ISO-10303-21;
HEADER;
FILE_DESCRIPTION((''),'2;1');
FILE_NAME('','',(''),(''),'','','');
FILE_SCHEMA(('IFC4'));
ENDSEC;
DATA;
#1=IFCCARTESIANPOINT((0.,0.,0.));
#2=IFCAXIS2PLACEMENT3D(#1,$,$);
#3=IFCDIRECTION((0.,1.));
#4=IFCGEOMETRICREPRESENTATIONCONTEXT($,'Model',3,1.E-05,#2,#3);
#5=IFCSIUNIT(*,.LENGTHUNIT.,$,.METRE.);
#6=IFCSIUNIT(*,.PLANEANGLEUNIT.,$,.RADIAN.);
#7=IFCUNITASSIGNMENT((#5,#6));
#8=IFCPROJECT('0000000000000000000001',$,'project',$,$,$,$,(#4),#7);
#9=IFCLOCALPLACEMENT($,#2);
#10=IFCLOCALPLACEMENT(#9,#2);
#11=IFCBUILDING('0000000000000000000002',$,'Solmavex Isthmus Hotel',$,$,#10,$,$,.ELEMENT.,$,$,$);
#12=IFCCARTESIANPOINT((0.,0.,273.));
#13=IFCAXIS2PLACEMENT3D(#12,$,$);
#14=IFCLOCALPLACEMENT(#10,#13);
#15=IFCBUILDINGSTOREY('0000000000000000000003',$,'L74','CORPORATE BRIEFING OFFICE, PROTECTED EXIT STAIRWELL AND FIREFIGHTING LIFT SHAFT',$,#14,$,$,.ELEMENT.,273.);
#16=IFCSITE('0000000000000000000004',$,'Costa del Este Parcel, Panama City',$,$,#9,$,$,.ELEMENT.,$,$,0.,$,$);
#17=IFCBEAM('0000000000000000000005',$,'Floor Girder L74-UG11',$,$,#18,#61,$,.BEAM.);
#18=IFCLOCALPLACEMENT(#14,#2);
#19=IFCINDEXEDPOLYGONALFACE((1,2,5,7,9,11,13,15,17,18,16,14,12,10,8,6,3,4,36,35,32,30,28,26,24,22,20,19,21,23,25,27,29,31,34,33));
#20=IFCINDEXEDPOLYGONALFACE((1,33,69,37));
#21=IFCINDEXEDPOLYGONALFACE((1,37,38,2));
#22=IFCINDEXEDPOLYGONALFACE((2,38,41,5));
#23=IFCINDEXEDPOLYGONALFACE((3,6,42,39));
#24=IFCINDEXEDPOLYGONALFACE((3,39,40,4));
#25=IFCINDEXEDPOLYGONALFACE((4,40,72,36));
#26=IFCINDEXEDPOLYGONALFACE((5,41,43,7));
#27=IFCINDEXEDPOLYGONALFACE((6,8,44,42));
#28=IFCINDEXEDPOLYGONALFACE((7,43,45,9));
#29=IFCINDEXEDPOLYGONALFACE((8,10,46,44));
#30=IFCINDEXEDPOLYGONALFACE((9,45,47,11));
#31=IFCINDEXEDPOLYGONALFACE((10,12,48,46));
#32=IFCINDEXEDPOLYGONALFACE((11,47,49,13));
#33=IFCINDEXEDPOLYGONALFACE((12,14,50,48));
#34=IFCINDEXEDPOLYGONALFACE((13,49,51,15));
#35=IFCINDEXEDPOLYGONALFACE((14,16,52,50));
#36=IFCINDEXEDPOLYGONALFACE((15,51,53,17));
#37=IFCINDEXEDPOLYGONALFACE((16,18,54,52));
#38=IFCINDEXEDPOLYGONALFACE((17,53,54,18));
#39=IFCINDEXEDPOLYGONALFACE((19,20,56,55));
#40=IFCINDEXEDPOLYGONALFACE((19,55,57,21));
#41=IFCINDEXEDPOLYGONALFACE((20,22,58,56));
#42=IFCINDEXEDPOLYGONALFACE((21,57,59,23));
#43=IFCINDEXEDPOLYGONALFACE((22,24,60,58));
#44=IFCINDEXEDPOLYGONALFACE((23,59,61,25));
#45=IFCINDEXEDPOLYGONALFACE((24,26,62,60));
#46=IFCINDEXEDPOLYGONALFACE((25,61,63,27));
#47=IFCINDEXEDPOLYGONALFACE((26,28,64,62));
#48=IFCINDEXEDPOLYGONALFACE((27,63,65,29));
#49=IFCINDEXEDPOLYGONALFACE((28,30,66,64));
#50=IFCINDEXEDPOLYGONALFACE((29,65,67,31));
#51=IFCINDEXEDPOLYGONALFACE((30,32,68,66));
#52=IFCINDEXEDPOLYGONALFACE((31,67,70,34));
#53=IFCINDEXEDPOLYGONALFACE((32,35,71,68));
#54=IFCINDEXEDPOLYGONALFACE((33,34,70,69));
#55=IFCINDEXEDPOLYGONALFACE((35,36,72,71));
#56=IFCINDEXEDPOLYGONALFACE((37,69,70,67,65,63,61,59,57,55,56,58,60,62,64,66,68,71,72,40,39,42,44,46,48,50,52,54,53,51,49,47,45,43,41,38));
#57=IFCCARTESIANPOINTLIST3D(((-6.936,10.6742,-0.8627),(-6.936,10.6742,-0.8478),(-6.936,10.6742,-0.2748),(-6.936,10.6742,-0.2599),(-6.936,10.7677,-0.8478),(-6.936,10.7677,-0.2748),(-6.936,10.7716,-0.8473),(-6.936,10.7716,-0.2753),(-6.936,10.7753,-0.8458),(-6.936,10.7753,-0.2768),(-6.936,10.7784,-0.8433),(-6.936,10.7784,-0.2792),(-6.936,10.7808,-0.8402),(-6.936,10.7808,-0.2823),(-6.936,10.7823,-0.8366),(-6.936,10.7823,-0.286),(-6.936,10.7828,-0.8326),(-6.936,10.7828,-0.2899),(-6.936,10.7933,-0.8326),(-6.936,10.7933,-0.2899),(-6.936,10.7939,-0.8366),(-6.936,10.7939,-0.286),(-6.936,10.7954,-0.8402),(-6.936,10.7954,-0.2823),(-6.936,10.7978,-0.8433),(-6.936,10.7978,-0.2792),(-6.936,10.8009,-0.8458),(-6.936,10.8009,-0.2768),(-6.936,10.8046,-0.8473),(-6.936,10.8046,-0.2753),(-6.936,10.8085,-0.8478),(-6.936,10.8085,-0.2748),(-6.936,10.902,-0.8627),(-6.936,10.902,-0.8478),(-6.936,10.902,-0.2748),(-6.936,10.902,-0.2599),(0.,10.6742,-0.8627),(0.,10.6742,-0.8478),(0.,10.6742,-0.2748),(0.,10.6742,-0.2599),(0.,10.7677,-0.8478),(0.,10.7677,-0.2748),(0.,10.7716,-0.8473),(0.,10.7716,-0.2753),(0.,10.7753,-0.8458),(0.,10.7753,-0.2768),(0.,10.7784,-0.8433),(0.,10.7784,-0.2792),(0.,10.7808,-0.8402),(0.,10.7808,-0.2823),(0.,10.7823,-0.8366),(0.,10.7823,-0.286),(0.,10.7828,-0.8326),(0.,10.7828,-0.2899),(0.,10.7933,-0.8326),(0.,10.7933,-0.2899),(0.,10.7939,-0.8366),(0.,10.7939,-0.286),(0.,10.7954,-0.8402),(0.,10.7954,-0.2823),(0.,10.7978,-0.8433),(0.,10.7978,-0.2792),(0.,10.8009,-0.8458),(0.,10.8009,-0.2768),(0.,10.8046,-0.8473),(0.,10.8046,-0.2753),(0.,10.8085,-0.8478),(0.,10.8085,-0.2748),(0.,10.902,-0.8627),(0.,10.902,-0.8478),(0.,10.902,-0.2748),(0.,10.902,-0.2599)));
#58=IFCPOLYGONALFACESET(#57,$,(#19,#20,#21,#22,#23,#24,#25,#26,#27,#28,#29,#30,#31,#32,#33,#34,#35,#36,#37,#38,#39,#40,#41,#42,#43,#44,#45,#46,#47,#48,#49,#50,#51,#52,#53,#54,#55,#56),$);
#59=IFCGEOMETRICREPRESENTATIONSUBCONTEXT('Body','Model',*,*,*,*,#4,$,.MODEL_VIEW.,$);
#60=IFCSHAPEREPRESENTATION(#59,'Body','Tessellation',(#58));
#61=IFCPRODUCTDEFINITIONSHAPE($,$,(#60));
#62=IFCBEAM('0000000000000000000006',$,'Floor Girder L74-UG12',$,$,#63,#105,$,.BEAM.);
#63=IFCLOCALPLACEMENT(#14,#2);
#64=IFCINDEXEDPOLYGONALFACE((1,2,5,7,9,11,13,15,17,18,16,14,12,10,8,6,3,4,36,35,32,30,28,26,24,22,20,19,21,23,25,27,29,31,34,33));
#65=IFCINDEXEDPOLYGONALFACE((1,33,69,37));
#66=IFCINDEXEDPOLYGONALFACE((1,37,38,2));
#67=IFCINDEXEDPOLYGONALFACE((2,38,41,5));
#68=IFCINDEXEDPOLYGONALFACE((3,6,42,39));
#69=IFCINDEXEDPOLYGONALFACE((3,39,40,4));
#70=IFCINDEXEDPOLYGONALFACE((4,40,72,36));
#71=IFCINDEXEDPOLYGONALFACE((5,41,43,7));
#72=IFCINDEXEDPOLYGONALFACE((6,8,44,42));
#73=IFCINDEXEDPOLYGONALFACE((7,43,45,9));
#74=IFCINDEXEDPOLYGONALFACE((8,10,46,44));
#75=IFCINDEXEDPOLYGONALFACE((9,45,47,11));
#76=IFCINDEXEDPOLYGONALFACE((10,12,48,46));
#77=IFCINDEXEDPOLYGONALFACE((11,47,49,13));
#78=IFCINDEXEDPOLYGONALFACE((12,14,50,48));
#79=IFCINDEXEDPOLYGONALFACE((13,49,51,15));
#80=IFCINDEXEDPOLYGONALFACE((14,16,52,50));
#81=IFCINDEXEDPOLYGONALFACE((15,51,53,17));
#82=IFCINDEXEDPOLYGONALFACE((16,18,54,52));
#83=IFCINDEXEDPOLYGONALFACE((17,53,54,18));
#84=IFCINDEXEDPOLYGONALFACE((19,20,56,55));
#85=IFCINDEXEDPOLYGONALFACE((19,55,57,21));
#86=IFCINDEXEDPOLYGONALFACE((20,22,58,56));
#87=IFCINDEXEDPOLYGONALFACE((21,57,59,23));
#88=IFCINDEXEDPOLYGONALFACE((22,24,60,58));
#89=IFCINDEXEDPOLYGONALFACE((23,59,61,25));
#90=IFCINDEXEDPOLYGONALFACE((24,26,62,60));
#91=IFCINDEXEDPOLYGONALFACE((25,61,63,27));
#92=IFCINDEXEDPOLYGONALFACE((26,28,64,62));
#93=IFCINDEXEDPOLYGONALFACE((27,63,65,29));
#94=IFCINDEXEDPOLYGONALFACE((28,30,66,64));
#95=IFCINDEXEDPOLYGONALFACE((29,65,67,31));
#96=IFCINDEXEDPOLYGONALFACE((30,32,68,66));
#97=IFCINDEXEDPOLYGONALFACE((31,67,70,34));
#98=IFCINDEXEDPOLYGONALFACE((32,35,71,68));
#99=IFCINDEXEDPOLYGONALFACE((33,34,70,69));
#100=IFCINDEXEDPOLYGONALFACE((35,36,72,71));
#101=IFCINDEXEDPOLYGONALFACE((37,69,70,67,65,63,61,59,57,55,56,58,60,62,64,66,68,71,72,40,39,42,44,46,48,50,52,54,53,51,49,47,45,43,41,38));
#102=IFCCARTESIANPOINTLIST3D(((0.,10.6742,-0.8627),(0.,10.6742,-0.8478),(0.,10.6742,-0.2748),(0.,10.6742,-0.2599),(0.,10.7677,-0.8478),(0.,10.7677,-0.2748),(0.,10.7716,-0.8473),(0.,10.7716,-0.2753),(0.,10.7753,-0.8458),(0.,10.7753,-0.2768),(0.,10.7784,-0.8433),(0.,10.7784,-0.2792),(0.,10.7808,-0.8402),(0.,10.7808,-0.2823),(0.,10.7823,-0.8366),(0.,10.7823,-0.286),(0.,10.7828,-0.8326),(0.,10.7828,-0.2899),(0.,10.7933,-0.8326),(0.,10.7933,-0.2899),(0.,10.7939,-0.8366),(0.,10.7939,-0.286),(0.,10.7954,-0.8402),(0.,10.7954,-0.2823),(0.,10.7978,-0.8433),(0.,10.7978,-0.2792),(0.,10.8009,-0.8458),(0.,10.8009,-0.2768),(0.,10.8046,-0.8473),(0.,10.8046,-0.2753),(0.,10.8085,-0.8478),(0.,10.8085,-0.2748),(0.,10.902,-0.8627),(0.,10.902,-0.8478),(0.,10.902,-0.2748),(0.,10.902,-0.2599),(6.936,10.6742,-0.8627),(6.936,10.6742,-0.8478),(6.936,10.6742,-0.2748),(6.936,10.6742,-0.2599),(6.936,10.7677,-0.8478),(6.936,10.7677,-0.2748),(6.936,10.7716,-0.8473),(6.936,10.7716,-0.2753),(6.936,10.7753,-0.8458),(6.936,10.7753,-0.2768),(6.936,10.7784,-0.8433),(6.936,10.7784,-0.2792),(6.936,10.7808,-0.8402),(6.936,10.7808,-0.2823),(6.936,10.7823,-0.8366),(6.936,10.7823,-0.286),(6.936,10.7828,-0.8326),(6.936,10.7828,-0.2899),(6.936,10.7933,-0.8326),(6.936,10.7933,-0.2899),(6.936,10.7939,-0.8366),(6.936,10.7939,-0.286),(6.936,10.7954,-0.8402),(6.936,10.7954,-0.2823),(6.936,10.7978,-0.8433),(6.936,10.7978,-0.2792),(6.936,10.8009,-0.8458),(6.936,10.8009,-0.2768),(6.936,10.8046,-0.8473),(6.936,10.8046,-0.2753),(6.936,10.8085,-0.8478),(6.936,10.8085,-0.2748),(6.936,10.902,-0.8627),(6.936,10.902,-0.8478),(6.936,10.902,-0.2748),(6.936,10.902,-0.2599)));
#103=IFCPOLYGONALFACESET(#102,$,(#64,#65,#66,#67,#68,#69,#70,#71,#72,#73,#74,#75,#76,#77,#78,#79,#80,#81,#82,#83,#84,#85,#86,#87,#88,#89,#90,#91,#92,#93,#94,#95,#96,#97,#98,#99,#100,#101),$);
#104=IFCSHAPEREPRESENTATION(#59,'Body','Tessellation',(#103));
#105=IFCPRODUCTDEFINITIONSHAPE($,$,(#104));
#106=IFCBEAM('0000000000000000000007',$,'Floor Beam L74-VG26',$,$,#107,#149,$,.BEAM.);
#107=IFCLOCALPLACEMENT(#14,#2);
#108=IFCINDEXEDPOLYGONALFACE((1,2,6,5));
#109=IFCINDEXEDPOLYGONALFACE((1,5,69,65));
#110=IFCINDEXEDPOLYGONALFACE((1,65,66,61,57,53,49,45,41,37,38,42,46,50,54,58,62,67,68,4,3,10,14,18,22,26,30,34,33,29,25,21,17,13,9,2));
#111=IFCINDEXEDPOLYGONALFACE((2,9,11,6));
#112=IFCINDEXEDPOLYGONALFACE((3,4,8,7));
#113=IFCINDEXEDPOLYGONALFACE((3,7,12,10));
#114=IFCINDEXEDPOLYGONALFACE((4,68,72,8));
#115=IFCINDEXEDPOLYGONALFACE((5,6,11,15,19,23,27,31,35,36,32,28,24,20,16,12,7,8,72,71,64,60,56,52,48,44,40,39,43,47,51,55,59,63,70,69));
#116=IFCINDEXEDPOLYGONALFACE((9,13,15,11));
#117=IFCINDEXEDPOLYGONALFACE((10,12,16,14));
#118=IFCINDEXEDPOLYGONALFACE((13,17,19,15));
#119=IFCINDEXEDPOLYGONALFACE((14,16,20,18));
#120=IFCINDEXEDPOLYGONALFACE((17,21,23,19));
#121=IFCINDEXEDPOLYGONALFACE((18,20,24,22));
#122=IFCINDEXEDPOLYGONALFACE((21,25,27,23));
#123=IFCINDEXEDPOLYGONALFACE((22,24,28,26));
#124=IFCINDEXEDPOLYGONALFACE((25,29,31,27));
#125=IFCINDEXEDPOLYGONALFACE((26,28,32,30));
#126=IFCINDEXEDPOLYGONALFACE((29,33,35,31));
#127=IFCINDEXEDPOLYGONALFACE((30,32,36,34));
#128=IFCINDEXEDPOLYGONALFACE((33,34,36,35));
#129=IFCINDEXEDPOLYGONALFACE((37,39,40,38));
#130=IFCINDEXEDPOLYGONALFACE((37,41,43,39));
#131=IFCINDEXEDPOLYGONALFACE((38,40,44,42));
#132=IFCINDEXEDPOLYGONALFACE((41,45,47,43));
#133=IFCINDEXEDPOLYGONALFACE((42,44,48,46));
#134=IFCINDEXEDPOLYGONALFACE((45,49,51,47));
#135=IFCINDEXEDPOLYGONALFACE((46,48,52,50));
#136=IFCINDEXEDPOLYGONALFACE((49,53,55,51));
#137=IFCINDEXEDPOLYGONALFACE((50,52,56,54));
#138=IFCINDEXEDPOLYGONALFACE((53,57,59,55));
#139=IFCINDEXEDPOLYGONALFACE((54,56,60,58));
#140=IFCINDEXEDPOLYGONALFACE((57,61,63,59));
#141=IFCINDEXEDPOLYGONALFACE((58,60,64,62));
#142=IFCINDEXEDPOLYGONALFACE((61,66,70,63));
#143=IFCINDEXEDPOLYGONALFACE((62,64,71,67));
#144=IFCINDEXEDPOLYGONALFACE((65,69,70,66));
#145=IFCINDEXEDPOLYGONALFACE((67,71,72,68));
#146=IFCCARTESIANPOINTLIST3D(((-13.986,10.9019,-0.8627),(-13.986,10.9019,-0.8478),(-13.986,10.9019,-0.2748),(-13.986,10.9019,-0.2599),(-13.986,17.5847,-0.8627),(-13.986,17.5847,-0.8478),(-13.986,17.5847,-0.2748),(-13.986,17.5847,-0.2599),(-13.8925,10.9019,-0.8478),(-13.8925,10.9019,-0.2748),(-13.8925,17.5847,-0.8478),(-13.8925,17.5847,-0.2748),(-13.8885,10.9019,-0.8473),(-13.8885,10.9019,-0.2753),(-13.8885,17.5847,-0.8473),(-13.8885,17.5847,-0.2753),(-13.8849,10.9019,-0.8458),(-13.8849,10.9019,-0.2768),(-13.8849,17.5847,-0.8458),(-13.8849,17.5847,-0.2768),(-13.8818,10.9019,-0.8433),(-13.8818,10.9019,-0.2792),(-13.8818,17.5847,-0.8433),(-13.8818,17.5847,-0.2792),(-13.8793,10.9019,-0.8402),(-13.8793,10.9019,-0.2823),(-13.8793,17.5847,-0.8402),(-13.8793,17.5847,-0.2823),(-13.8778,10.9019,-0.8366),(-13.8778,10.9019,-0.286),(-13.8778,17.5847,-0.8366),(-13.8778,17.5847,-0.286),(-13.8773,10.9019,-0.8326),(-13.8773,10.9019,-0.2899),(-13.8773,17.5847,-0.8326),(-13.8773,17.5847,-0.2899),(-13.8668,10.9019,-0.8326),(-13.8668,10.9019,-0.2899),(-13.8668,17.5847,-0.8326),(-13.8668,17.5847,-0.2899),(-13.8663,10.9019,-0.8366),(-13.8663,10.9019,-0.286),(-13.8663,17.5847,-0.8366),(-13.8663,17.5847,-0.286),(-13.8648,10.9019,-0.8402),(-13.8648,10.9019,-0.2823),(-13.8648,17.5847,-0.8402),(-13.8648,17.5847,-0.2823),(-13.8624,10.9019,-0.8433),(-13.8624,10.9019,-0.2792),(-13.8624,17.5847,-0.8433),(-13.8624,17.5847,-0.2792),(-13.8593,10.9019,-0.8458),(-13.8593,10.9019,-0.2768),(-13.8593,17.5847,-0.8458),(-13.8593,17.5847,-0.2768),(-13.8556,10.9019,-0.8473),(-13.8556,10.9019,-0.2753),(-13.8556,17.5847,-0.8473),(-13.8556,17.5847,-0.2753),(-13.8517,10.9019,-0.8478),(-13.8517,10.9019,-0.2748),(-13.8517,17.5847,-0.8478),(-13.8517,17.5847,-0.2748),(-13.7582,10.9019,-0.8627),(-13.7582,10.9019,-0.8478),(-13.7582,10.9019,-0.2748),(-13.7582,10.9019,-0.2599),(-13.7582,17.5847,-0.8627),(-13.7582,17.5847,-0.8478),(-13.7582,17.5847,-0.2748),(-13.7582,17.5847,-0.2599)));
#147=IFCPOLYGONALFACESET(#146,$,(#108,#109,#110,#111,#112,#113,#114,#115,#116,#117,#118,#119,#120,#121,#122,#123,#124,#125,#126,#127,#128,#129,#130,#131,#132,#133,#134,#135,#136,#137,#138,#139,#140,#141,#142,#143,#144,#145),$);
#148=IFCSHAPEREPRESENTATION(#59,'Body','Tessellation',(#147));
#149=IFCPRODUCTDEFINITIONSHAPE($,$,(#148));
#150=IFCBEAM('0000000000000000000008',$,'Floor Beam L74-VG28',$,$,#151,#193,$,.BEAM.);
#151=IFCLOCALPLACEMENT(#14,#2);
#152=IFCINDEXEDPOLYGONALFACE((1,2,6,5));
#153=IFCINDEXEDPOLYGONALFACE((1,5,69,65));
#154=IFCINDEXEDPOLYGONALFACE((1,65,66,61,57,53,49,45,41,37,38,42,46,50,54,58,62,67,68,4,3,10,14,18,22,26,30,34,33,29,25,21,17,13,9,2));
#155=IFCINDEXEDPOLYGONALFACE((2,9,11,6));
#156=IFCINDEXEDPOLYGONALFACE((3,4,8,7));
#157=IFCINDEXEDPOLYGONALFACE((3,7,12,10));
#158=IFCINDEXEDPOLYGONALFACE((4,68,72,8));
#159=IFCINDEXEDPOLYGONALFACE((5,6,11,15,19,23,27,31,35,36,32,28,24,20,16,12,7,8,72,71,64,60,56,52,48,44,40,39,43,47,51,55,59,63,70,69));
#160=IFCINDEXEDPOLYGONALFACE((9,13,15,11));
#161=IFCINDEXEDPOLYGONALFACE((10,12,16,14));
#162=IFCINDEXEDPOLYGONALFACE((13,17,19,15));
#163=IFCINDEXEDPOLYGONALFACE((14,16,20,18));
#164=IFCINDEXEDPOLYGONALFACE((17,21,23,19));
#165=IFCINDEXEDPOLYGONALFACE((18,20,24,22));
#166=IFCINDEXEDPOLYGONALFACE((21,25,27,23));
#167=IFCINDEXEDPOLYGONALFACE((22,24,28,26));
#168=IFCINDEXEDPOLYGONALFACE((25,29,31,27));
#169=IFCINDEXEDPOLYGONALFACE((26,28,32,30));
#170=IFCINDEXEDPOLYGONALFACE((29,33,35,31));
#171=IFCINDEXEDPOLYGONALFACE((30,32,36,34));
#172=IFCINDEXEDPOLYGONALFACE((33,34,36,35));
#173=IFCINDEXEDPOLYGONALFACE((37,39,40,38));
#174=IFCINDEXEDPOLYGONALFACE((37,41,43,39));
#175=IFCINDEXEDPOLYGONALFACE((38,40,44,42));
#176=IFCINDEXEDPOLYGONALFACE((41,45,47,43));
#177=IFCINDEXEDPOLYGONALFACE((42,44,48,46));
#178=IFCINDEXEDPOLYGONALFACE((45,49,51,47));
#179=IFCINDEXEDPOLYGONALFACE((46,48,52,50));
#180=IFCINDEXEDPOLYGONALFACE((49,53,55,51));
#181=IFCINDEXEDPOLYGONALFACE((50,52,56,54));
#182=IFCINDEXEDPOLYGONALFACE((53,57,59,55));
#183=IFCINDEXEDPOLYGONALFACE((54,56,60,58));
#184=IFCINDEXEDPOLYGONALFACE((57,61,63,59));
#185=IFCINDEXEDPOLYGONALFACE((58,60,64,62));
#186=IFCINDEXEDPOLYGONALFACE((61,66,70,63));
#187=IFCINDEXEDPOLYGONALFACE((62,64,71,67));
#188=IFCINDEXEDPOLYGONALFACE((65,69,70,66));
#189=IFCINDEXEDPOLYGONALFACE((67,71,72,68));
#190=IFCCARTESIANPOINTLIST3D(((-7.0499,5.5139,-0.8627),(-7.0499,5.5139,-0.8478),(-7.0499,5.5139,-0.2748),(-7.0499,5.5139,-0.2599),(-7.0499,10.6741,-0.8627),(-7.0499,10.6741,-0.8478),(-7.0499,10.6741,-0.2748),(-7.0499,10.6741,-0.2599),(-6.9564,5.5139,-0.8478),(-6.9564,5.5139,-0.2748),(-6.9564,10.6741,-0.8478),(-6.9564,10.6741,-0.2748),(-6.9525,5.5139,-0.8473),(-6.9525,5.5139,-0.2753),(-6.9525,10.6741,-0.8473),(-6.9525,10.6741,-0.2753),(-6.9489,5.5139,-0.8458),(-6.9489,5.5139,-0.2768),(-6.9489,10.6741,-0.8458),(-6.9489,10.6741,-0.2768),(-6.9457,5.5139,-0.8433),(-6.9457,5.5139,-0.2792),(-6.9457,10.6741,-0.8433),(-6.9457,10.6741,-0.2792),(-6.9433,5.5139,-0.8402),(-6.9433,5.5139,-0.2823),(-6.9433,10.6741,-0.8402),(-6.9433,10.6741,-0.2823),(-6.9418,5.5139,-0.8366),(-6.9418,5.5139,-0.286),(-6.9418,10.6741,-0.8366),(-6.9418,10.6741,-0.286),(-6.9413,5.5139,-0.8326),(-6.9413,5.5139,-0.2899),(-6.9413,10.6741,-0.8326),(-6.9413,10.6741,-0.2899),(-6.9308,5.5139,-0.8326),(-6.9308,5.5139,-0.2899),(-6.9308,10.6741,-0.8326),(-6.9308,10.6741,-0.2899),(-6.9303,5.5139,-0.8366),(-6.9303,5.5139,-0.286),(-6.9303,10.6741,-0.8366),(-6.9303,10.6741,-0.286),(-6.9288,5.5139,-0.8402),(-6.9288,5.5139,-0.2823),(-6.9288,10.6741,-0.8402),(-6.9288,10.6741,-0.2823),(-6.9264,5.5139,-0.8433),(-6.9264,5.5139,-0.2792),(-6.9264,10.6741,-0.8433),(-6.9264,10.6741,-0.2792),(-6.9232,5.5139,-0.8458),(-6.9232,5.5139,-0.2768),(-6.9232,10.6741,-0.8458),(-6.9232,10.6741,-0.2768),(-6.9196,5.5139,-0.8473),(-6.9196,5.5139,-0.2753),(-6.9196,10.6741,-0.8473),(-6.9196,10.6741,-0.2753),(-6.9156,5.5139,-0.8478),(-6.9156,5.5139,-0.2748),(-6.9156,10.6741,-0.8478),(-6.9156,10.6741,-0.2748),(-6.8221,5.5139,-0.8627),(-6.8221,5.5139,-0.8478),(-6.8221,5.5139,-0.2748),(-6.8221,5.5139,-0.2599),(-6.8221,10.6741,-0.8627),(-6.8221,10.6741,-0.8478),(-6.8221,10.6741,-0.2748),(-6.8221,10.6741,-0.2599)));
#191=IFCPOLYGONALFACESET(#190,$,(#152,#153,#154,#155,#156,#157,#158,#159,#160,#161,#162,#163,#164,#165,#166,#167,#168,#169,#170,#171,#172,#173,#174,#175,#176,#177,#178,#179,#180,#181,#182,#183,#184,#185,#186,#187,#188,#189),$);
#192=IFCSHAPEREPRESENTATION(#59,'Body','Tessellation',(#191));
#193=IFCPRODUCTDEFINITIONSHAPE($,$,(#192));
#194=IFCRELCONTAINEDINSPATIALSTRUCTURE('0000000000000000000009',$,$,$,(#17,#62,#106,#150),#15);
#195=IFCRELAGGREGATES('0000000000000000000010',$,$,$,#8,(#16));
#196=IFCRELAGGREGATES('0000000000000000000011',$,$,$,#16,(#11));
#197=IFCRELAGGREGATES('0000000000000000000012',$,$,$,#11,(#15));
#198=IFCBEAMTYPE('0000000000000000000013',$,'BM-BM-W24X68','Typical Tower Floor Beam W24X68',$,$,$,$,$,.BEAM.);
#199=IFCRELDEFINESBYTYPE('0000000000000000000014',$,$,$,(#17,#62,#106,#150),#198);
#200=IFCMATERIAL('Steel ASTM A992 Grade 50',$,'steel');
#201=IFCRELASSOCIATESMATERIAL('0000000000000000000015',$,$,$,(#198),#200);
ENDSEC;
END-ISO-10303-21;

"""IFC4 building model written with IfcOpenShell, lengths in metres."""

from ifc_helpers import new_model, si_unit, direction, frame, origin, origin_2d, place, context, subcontext, project, spatial, i_section, extrude, material, material_profile, profile_set, type_object, element, save


model = new_model("IFC4")

# Units and contexts
model_context = context("Model", 3, precision=1e-05, world=origin(), true_north=direction((0.0, 1.0)))
body_context = subcontext(model_context, "Body", "Model", "MODEL_VIEW")
ifc_project = project(units=[si_unit("LENGTHUNIT", "METRE"), si_unit("PLANEANGLEUNIT", "RADIAN")], contexts=[model_context])

# Site, building, storey
site_placement = place(None, origin())
site = spatial("IfcSite", under=ifc_project, at=site_placement, Name="Costa del Este Parcel, Panama City", CompositionType="ELEMENT", RefElevation=0.0)
building_placement = place(site_placement, origin())
building = spatial("IfcBuilding", under=site, at=building_placement, Name="Solmavex Isthmus Hotel", CompositionType="ELEMENT")
storey_placement = place(building_placement, frame((0.0, 0.0, 273.0)))
storey = spatial("IfcBuildingStorey", under=building, at=storey_placement, Name="L74", Description="CORPORATE BRIEFING OFFICE, PROTECTED EXIT STAIRWELL AND FIREFIGHTING LIFT SHAFT", CompositionType="ELEMENT", Elevation=273.0)

# Beams
ifc_material_1 = material(Name="Steel ASTM A992 Grade 50", Category="steel")
ifc_material_profile_1 = material_profile(ifc_material_1, i_section(OverallWidth=0.2278, OverallDepth=0.6028, WebThickness=0.0105, FlangeThickness=0.0149, FilletRadius=0.0151, at=origin_2d()), Name="W24X68")
ifc_profile_set_1 = profile_set([ifc_material_profile_1], Name="Steel ASTM A992 Grade 50")
beam_type_1 = type_object("IfcBeamType", Name="BM-BM-W24X68", Description="Typical Tower Floor Beam W24X68", PredefinedType="BEAM", material=ifc_profile_set_1)
for number, where, z_axis, x_axis, name in (
    (1, (-6.936, 10.7881, -0.5613), (1.0, 0.0, 0.0), (0.0, 1.0, 0.0), "Floor Girder L74-UG11"),
    (2, (0.0, 10.7881, -0.5613), (1.0, 0.0, 0.0), (0.0, 1.0, 0.0), "Floor Girder L74-UG12"),
):
    element("IfcBeam", number, at=place(storey_placement, frame(where, z_axis=z_axis, x_axis=x_axis)), inside=storey, type_object=beam_type_1, Name=name, PredefinedType="BEAM", context=body_context, shape_type="SweptSolid", body=[
        extrude(i_section(OverallWidth=0.2278, OverallDepth=0.6028, WebThickness=0.0105, FlangeThickness=0.0149, FilletRadius=0.0151, at=origin_2d()), origin(), (0.0, 0.0, 1.0), 6.936),
    ])
beam_1_placement = place(storey_placement, frame((-13.8721, 10.9019, -0.5613), z_axis=(0.0, 1.0, 0.0), x_axis=(-1.0, 0.0, 0.0)))
element("IfcBeam", 3, at=beam_1_placement, inside=storey, type_object=beam_type_1, Name="Floor Beam L74-VG26", PredefinedType="BEAM", context=body_context, shape_type="SweptSolid", body=[
    extrude(i_section(OverallWidth=0.2278, OverallDepth=0.6028, WebThickness=0.0105, FlangeThickness=0.0149, FilletRadius=0.0151, at=origin_2d()), origin(), (0.0, 0.0, 1.0), 6.6829),
])
beam_2_placement = place(storey_placement, frame((-6.936, 5.5139, -0.5613), z_axis=(0.0, 1.0, 0.0), x_axis=(-1.0, 0.0, 0.0)))
element("IfcBeam", 4, at=beam_2_placement, inside=storey, type_object=beam_type_1, Name="Floor Beam L74-VG28", PredefinedType="BEAM", context=body_context, shape_type="SweptSolid", body=[
    extrude(i_section(OverallWidth=0.2278, OverallDepth=0.6028, WebThickness=0.0105, FlangeThickness=0.0149, FilletRadius=0.0151, at=origin_2d()), origin(), (0.0, 0.0, 1.0), 5.1602),
])

save(model, "model.ifc")
